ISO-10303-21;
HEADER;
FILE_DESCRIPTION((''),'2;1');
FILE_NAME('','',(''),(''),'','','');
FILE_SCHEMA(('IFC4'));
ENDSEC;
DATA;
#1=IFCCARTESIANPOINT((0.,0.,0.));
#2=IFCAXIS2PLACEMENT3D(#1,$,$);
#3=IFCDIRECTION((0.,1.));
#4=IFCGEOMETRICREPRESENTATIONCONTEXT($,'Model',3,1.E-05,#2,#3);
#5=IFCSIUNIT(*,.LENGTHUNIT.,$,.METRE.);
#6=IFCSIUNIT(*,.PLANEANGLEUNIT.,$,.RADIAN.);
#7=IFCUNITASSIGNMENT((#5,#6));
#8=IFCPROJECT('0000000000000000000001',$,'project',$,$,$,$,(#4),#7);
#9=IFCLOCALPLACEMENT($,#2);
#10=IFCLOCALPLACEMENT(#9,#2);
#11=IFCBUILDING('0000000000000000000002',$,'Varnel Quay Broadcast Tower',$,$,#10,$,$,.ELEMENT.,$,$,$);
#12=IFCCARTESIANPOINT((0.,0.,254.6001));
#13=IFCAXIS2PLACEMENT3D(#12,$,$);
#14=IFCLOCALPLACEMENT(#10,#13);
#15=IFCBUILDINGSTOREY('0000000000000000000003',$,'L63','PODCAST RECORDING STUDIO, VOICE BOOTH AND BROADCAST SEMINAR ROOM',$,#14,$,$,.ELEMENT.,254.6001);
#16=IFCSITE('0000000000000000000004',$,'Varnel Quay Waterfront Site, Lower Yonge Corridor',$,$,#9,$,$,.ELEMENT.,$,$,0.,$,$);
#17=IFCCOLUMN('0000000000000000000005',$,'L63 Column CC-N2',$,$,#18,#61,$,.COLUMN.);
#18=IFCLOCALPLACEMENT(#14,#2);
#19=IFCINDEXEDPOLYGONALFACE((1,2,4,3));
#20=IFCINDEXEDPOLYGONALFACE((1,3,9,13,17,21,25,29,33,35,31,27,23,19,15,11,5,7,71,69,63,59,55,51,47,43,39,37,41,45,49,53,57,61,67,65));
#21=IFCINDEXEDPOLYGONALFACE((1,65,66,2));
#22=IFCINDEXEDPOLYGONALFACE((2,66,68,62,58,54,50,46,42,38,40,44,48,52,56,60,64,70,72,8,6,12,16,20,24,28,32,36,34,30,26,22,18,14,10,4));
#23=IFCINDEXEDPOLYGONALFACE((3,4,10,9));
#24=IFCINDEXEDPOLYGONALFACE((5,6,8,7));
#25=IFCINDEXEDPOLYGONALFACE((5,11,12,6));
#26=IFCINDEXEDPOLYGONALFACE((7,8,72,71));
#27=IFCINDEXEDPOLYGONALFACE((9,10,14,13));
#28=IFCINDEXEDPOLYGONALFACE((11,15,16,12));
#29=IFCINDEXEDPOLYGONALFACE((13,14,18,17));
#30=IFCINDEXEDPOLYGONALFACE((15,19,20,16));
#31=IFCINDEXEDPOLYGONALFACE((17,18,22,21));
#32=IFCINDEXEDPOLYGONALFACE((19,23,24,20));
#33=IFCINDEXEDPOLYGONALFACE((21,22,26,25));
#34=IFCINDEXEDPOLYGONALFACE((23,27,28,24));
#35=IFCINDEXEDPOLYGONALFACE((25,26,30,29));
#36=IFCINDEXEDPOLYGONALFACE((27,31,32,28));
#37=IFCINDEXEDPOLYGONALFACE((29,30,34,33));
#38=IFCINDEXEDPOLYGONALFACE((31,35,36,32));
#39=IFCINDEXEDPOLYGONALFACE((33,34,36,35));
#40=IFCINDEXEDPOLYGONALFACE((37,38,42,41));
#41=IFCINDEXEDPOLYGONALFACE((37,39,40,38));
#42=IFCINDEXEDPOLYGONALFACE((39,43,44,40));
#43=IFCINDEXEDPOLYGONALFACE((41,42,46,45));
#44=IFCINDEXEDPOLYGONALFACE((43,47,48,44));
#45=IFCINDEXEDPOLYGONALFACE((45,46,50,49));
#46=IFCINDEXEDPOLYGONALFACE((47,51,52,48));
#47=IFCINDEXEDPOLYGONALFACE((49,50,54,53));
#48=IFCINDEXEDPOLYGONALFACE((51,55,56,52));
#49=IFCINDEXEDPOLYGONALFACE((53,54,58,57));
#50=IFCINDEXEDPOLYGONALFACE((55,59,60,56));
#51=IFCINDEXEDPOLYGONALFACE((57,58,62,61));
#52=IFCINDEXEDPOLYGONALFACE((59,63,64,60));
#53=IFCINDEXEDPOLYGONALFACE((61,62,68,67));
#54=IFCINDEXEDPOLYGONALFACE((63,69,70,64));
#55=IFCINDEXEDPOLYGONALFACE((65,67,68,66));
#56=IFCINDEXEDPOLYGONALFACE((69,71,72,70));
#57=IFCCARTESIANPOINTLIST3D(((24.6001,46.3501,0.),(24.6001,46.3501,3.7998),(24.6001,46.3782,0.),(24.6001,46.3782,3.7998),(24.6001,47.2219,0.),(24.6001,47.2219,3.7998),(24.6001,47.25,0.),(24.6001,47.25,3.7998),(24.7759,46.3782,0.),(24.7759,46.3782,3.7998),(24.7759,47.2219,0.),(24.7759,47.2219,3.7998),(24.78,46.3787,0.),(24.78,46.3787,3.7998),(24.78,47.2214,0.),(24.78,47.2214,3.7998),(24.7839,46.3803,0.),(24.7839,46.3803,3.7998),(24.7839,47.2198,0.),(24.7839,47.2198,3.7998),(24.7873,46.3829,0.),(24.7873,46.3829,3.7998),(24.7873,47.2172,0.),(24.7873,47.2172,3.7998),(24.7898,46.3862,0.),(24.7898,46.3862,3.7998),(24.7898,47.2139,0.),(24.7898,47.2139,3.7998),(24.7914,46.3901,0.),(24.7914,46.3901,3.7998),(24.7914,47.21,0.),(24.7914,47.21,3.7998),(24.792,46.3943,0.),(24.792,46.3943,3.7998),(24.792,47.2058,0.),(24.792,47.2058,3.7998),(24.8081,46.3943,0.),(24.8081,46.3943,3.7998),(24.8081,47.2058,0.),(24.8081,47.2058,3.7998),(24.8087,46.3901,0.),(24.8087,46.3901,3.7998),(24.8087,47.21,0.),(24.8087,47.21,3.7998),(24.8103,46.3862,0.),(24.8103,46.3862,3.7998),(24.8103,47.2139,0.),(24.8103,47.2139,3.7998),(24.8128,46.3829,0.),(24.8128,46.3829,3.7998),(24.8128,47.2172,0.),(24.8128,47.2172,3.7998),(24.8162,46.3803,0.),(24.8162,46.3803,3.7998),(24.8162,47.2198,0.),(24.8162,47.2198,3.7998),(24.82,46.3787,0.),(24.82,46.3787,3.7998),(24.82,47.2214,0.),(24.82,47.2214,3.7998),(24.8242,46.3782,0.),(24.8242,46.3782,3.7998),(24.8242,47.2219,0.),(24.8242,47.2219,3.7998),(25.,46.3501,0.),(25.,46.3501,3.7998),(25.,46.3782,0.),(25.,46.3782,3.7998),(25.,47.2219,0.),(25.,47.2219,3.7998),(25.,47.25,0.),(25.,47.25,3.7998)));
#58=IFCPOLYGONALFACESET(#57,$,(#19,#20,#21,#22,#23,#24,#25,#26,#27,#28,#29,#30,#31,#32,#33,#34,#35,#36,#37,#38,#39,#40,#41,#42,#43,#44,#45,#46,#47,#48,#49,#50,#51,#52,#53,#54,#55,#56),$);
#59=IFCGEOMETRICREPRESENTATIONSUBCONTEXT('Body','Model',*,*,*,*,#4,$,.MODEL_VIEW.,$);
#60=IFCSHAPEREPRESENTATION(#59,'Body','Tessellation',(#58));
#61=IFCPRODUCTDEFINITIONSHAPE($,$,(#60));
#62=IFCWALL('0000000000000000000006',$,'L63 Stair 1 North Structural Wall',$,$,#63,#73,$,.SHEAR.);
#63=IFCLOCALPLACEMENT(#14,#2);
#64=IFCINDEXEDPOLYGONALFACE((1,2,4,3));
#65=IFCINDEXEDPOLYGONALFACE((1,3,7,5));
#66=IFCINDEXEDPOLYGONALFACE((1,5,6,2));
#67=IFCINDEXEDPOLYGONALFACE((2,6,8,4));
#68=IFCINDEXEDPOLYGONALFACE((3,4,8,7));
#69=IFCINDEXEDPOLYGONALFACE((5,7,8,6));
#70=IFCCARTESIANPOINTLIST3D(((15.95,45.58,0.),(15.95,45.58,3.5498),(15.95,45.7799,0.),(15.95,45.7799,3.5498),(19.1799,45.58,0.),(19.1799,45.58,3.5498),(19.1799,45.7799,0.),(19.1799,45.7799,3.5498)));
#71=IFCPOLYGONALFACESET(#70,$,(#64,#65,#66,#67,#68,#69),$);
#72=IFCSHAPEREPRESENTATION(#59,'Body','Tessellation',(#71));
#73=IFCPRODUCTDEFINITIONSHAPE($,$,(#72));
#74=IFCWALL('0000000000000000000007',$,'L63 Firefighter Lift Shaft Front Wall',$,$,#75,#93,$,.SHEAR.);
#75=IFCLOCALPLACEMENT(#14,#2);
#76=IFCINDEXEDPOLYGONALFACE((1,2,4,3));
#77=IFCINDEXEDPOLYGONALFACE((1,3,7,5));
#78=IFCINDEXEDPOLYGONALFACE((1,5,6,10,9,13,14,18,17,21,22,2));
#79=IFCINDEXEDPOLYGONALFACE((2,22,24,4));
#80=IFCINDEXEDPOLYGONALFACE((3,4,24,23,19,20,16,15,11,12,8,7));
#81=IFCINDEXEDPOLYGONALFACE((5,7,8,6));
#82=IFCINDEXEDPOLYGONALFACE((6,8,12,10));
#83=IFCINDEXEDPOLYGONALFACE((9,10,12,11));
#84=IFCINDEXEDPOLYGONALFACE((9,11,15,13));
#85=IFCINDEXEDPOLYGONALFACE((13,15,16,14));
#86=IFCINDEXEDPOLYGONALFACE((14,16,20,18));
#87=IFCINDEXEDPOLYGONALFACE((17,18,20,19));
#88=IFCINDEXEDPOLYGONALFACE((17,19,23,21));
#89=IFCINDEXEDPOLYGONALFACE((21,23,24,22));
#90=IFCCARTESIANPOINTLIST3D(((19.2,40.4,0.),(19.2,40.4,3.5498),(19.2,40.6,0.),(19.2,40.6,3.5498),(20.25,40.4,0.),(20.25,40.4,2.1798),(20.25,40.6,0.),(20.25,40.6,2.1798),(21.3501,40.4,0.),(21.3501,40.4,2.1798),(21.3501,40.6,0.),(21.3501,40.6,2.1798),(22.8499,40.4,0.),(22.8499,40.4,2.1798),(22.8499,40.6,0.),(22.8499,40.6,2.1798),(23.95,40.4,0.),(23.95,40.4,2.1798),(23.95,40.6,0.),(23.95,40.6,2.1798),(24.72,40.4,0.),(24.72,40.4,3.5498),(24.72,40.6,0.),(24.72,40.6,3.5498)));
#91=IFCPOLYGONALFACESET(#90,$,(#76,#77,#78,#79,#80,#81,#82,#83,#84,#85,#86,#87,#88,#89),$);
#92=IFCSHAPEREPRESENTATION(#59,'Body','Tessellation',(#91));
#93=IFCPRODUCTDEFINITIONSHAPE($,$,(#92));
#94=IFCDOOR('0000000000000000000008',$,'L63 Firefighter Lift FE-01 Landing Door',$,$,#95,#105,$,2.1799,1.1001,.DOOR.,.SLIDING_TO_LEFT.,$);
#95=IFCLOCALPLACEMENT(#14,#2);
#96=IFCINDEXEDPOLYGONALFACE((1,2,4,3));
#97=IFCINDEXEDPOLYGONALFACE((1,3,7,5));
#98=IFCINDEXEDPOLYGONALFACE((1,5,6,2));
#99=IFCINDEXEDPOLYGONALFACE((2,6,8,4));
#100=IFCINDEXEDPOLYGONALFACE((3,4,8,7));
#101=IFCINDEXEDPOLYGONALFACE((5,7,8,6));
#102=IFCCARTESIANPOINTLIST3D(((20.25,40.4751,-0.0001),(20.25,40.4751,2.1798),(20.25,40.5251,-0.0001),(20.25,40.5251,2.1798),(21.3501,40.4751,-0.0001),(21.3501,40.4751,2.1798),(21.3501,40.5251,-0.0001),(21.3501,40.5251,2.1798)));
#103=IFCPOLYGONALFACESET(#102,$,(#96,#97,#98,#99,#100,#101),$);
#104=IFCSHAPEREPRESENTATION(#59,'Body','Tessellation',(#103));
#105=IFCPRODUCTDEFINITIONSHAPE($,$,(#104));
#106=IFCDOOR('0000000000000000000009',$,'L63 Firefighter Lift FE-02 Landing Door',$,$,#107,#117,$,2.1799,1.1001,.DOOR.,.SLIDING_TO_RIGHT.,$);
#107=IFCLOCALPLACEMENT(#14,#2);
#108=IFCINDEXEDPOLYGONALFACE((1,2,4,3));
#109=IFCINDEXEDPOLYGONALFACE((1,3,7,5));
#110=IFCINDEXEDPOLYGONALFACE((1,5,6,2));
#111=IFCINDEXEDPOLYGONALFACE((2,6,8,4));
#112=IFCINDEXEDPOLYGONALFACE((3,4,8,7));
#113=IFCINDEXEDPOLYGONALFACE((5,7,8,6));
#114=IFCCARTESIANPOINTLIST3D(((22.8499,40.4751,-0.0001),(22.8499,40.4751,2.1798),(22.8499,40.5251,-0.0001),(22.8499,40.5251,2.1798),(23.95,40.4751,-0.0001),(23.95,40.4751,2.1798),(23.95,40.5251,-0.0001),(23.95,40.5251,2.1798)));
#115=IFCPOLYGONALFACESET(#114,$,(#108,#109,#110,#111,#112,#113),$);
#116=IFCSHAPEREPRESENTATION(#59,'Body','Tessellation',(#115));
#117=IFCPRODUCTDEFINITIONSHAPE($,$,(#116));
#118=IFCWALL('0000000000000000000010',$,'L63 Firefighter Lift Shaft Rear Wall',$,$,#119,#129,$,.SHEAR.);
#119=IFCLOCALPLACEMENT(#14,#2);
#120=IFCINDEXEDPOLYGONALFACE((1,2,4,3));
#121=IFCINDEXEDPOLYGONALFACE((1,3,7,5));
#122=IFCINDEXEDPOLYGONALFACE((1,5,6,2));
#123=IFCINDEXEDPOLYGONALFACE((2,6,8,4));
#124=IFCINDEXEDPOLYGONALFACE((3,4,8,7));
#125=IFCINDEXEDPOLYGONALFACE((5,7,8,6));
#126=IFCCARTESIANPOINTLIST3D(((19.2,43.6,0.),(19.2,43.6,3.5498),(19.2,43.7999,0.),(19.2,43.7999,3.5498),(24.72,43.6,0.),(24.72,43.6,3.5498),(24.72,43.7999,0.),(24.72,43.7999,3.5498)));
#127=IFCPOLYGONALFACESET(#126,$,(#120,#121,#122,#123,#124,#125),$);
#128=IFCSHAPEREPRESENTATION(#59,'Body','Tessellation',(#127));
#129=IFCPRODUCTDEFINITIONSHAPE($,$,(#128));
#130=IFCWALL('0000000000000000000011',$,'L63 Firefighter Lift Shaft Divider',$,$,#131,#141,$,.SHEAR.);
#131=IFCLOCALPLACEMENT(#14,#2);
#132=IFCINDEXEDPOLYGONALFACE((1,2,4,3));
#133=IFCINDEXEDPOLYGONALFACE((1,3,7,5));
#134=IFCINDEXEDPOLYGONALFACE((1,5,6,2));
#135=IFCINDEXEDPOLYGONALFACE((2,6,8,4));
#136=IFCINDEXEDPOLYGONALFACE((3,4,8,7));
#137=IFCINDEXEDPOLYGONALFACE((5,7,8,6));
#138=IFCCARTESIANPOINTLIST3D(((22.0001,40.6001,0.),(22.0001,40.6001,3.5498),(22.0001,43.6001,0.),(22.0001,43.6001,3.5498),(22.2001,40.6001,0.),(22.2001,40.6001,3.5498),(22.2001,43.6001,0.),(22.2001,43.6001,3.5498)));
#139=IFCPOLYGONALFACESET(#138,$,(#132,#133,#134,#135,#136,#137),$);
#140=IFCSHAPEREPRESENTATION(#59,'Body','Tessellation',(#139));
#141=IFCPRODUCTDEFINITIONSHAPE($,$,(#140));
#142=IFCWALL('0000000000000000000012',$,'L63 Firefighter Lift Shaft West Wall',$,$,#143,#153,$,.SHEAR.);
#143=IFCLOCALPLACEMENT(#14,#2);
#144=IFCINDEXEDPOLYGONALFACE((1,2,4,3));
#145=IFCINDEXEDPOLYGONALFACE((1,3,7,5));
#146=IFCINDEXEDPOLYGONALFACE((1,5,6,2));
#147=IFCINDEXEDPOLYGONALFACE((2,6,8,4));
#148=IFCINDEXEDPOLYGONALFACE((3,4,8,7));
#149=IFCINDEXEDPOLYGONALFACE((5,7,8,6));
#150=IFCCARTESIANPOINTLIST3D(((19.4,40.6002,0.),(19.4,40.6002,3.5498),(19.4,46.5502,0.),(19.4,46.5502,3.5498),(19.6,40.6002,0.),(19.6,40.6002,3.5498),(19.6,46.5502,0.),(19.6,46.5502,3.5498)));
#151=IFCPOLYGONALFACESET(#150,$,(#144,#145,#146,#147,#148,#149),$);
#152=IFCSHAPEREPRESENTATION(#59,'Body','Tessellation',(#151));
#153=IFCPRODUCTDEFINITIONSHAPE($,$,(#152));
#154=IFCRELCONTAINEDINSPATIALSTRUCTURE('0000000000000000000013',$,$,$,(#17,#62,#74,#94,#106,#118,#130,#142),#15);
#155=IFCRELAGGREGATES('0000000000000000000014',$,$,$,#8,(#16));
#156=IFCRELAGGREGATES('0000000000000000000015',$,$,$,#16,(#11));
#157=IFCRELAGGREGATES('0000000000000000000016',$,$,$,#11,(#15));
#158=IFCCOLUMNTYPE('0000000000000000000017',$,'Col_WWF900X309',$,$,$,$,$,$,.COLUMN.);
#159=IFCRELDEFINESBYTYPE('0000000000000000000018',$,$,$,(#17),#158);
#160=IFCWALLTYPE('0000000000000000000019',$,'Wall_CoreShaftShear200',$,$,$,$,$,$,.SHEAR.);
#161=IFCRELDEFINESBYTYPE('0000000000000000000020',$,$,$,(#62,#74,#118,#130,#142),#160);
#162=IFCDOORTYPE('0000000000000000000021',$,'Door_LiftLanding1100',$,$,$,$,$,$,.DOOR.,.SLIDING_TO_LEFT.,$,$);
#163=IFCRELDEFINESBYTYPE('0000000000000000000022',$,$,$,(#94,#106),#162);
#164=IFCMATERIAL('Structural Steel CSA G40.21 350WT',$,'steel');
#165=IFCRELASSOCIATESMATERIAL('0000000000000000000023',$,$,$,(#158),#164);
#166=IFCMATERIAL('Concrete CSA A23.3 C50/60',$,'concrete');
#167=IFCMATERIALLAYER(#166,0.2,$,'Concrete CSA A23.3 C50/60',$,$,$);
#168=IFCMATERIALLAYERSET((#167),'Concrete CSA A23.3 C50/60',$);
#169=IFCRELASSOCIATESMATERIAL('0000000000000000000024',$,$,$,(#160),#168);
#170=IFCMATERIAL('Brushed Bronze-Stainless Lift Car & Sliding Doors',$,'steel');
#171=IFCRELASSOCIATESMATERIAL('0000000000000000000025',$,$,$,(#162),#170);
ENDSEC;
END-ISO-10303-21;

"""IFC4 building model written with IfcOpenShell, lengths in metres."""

from ifc_helpers import new_model, si_unit, direction, frame, frame_2d, origin, origin_2d, place, context, subcontext, project, spatial, rectangle, i_section, extrude, source, transform, mapped, material, layer, layer_set, material_profile, profile_set, type_object, type_shapes, element, fill, save


model = new_model("IFC4")

# Units and contexts
model_context = context("Model", 3, precision=1e-05, world=origin(), true_north=direction((0.0, 1.0)))
body_context = subcontext(model_context, "Body", "Model", "MODEL_VIEW")
ifc_project = project(units=[si_unit("LENGTHUNIT", "METRE"), si_unit("PLANEANGLEUNIT", "RADIAN")], contexts=[model_context])

# Site, building, storey
site_placement = place(None, origin())
site = spatial("IfcSite", under=ifc_project, at=site_placement, Name="Varnel Quay Waterfront Site, Lower Yonge Corridor", CompositionType="ELEMENT", RefElevation=0.0)
building_placement = place(site_placement, origin())
building = spatial("IfcBuilding", under=site, at=building_placement, Name="Varnel Quay Broadcast Tower", CompositionType="ELEMENT")
storey_placement = place(building_placement, frame((0.0, 0.0, 254.6001)))
storey = spatial("IfcBuildingStorey", under=building, at=storey_placement, Name="L63", Description="PODCAST RECORDING STUDIO, VOICE BOOTH AND BROADCAST SEMINAR ROOM", CompositionType="ELEMENT", Elevation=254.6001)

# Column
ifc_material_1 = material(Name="Structural Steel CSA G40.21 350WT", Category="steel")
ifc_material_profile = material_profile(ifc_material_1, i_section(OverallWidth=0.3999, OverallDepth=0.8999, WebThickness=0.0161, FlangeThickness=0.0281, FilletRadius=0.0161, at=origin_2d()), Name="WWF900X309")
ifc_profile_set = profile_set([ifc_material_profile], Name="Structural Steel CSA G40.21 350WT")
column_type = type_object("IfcColumnType", Name="Col_WWF900X309", PredefinedType="COLUMN", material=ifc_profile_set)
shared_shape_1 = source(origin(), body_context, "Body", "SweptSolid", [
    extrude(i_section(OverallWidth=0.3999, OverallDepth=0.8999, WebThickness=0.0161, FlangeThickness=0.0281, FilletRadius=0.0161, at=origin_2d()), origin(), (0.0, 0.0, 1.0), 3.7998),
])
type_shapes(column_type, [shared_shape_1])
column_placement = place(storey_placement, frame((24.8, 46.8, 0.0), z_axis=(0.0, 0.0, 1.0), x_axis=(1.0, 0.0, 0.0)))
element("IfcColumn", 1, at=column_placement, inside=storey, type_object=column_type, Name="L63 Column CC-N2", PredefinedType="COLUMN", context=body_context, shape_type="MappedRepresentation", body=[
    mapped(shared_shape_1, transform((0.0, 0.0, 0.0), x_axis=(1.0, 0.0, 0.0), y_axis=(0.0, 1.0, 0.0), z_axis=(0.0, 0.0, 1.0), scale=1.0)),
])

# Wall
ifc_material_2 = material(Name="Concrete CSA A23.3 C50/60", Category="concrete")
ifc_layer_1 = layer(ifc_material_2, 0.2, Name="Concrete CSA A23.3 C50/60")
ifc_layer_set_1 = layer_set([ifc_layer_1], Name="Concrete CSA A23.3 C50/60")
wall_type_1 = type_object("IfcWallType", Name="Wall_CoreShaftShear200", PredefinedType="SHEAR", material=ifc_layer_set_1)
wall_1_placement = place(storey_placement, frame((15.95, 45.6799, 0.0), z_axis=(0.0, 0.0, 1.0), x_axis=(1.0, 0.0, 0.0)))
element("IfcWall", 2, at=wall_1_placement, inside=storey, type_object=wall_type_1, Name="L63 Stair 1 North Structural Wall", PredefinedType="SHEAR", context=body_context, shape_type="SweptSolid", body=[
    extrude(rectangle(XDim=3.23, YDim=0.2, at=frame_2d((1.615, 0.0))), origin(), (0.0, 0.0, 1.0), 3.5498),
])

# Wall, openings, doors
wall_2_placement = place(storey_placement, frame((19.2, 40.5, 0.0), z_axis=(0.0, 0.0, 1.0), x_axis=(1.0, 0.0, 0.0)))
wall_2 = element("IfcWall", 3, at=wall_2_placement, inside=storey, type_object=wall_type_1, Name="L63 Firefighter Lift Shaft Front Wall", PredefinedType="SHEAR", context=body_context, shape_type="SweptSolid", body=[
    extrude(rectangle(XDim=5.52, YDim=0.2, at=frame_2d((2.76, 0.0))), origin(), (0.0, 0.0, 1.0), 3.5498),
])
opening_1_placement = place(wall_2_placement, frame((1.05, 0.0, 0.0)))
opening_1 = element("IfcOpeningElement", 4, at=opening_1_placement, cuts=wall_2, PredefinedType="OPENING", context=body_context, shape_type="SweptSolid", body=[
    extrude(rectangle(XDim=1.1001, YDim=2.1799, at=frame_2d((0.55, 1.0898))), frame((0.0, 0.1099, 0.0), z_axis=(0.0, -1.0, 0.0), x_axis=(1.0, 0.0, 0.0)), (0.0, 0.0, 1.0), 0.22),
])
opening_2_placement = place(wall_2_placement, frame((3.6499, 0.0, 0.0)))
opening_2 = element("IfcOpeningElement", 5, at=opening_2_placement, cuts=wall_2, PredefinedType="OPENING", context=body_context, shape_type="SweptSolid", body=[
    extrude(rectangle(XDim=1.1001, YDim=2.1799, at=frame_2d((0.55, 1.0898))), frame((0.0, 0.1099, 0.0), z_axis=(0.0, -1.0, 0.0), x_axis=(1.0, 0.0, 0.0)), (0.0, 0.0, 1.0), 0.22),
])
ifc_material_3 = material(Name="Brushed Bronze-Stainless Lift Car & Sliding Doors", Category="steel")
door_type_1 = type_object("IfcDoorType", Name="Door_LiftLanding1100", OperationType="SLIDING_TO_LEFT", PredefinedType="DOOR", material=ifc_material_3)
shared_shape_2 = source(origin(), body_context, "Body", "SweptSolid", [
    extrude(rectangle(XDim=1.1001, YDim=2.1799, at=frame_2d((0.55, 1.0898))), frame((0.0, 0.0249, 0.0), z_axis=(0.0, -1.0, 0.0), x_axis=(1.0, 0.0, 0.0)), (0.0, 0.0, 1.0), 0.05),
])
type_shapes(door_type_1, [shared_shape_2])
door_1_placement = place(opening_1_placement, frame((1.1001, 0.0, 0.0), z_axis=(0.0, 0.0, 1.0), x_axis=(-1.0, 0.0, 0.0)))
door_1 = element("IfcDoor", 6, at=door_1_placement, inside=storey, type_object=door_type_1, Name="L63 Firefighter Lift FE-01 Landing Door", OperationType="SLIDING_TO_LEFT", OverallHeight=2.1799, OverallWidth=1.1001, PredefinedType="DOOR", context=body_context, shape_type="MappedRepresentation", body=[
    mapped(shared_shape_2, transform((0.0, 0.0, 0.0), x_axis=(1.0, 0.0, 0.0), y_axis=(0.0, 1.0, 0.0), z_axis=(0.0, 0.0, 1.0), scale=1.0)),
])
fill(opening_1, door_1)
door_2_placement = place(opening_2_placement, frame((1.1001, 0.0, 0.0), z_axis=(0.0, 0.0, 1.0), x_axis=(-1.0, 0.0, 0.0)))
door_2 = element("IfcDoor", 7, at=door_2_placement, inside=storey, type_object=door_type_1, Name="L63 Firefighter Lift FE-02 Landing Door", OperationType="SLIDING_TO_RIGHT", OverallHeight=2.1799, OverallWidth=1.1001, PredefinedType="DOOR", context=body_context, shape_type="MappedRepresentation", body=[
    mapped(shared_shape_2, transform((0.0, 0.0, 0.0), x_axis=(1.0, 0.0, 0.0), y_axis=(0.0, 1.0, 0.0), z_axis=(0.0, 0.0, 1.0), scale=1.0)),
])
fill(opening_2, door_2)

# Walls
wall_3_placement = place(storey_placement, frame((19.2, 43.7, 0.0), z_axis=(0.0, 0.0, 1.0), x_axis=(1.0, 0.0, 0.0)))
element("IfcWall", 8, at=wall_3_placement, inside=storey, type_object=wall_type_1, Name="L63 Firefighter Lift Shaft Rear Wall", PredefinedType="SHEAR", context=body_context, shape_type="SweptSolid", body=[
    extrude(rectangle(XDim=5.52, YDim=0.2, at=frame_2d((2.76, 0.0))), origin(), (0.0, 0.0, 1.0), 3.5498),
])
wall_4_placement = place(storey_placement, frame((22.1001, 40.6001, 0.0), z_axis=(0.0, 0.0, 1.0), x_axis=(0.0, 1.0, 0.0)))
element("IfcWall", 9, at=wall_4_placement, inside=storey, type_object=wall_type_1, Name="L63 Firefighter Lift Shaft Divider", PredefinedType="SHEAR", context=body_context, shape_type="SweptSolid", body=[
    extrude(rectangle(XDim=3.0, YDim=0.2, at=frame_2d((1.5, 0.0))), origin(), (0.0, 0.0, 1.0), 3.5498),
])
wall_5_placement = place(storey_placement, frame((19.5, 40.6001, 0.0), z_axis=(0.0, 0.0, 1.0), x_axis=(0.0, 1.0, 0.0)))
element("IfcWall", 10, at=wall_5_placement, inside=storey, type_object=wall_type_1, Name="L63 Firefighter Lift Shaft West Wall", PredefinedType="SHEAR", context=body_context, shape_type="SweptSolid", body=[
    extrude(rectangle(XDim=5.95, YDim=0.2, at=frame_2d((2.9751, 0.0))), origin(), (0.0, 0.0, 1.0), 3.5498),
])

save(model, "model.ifc")
